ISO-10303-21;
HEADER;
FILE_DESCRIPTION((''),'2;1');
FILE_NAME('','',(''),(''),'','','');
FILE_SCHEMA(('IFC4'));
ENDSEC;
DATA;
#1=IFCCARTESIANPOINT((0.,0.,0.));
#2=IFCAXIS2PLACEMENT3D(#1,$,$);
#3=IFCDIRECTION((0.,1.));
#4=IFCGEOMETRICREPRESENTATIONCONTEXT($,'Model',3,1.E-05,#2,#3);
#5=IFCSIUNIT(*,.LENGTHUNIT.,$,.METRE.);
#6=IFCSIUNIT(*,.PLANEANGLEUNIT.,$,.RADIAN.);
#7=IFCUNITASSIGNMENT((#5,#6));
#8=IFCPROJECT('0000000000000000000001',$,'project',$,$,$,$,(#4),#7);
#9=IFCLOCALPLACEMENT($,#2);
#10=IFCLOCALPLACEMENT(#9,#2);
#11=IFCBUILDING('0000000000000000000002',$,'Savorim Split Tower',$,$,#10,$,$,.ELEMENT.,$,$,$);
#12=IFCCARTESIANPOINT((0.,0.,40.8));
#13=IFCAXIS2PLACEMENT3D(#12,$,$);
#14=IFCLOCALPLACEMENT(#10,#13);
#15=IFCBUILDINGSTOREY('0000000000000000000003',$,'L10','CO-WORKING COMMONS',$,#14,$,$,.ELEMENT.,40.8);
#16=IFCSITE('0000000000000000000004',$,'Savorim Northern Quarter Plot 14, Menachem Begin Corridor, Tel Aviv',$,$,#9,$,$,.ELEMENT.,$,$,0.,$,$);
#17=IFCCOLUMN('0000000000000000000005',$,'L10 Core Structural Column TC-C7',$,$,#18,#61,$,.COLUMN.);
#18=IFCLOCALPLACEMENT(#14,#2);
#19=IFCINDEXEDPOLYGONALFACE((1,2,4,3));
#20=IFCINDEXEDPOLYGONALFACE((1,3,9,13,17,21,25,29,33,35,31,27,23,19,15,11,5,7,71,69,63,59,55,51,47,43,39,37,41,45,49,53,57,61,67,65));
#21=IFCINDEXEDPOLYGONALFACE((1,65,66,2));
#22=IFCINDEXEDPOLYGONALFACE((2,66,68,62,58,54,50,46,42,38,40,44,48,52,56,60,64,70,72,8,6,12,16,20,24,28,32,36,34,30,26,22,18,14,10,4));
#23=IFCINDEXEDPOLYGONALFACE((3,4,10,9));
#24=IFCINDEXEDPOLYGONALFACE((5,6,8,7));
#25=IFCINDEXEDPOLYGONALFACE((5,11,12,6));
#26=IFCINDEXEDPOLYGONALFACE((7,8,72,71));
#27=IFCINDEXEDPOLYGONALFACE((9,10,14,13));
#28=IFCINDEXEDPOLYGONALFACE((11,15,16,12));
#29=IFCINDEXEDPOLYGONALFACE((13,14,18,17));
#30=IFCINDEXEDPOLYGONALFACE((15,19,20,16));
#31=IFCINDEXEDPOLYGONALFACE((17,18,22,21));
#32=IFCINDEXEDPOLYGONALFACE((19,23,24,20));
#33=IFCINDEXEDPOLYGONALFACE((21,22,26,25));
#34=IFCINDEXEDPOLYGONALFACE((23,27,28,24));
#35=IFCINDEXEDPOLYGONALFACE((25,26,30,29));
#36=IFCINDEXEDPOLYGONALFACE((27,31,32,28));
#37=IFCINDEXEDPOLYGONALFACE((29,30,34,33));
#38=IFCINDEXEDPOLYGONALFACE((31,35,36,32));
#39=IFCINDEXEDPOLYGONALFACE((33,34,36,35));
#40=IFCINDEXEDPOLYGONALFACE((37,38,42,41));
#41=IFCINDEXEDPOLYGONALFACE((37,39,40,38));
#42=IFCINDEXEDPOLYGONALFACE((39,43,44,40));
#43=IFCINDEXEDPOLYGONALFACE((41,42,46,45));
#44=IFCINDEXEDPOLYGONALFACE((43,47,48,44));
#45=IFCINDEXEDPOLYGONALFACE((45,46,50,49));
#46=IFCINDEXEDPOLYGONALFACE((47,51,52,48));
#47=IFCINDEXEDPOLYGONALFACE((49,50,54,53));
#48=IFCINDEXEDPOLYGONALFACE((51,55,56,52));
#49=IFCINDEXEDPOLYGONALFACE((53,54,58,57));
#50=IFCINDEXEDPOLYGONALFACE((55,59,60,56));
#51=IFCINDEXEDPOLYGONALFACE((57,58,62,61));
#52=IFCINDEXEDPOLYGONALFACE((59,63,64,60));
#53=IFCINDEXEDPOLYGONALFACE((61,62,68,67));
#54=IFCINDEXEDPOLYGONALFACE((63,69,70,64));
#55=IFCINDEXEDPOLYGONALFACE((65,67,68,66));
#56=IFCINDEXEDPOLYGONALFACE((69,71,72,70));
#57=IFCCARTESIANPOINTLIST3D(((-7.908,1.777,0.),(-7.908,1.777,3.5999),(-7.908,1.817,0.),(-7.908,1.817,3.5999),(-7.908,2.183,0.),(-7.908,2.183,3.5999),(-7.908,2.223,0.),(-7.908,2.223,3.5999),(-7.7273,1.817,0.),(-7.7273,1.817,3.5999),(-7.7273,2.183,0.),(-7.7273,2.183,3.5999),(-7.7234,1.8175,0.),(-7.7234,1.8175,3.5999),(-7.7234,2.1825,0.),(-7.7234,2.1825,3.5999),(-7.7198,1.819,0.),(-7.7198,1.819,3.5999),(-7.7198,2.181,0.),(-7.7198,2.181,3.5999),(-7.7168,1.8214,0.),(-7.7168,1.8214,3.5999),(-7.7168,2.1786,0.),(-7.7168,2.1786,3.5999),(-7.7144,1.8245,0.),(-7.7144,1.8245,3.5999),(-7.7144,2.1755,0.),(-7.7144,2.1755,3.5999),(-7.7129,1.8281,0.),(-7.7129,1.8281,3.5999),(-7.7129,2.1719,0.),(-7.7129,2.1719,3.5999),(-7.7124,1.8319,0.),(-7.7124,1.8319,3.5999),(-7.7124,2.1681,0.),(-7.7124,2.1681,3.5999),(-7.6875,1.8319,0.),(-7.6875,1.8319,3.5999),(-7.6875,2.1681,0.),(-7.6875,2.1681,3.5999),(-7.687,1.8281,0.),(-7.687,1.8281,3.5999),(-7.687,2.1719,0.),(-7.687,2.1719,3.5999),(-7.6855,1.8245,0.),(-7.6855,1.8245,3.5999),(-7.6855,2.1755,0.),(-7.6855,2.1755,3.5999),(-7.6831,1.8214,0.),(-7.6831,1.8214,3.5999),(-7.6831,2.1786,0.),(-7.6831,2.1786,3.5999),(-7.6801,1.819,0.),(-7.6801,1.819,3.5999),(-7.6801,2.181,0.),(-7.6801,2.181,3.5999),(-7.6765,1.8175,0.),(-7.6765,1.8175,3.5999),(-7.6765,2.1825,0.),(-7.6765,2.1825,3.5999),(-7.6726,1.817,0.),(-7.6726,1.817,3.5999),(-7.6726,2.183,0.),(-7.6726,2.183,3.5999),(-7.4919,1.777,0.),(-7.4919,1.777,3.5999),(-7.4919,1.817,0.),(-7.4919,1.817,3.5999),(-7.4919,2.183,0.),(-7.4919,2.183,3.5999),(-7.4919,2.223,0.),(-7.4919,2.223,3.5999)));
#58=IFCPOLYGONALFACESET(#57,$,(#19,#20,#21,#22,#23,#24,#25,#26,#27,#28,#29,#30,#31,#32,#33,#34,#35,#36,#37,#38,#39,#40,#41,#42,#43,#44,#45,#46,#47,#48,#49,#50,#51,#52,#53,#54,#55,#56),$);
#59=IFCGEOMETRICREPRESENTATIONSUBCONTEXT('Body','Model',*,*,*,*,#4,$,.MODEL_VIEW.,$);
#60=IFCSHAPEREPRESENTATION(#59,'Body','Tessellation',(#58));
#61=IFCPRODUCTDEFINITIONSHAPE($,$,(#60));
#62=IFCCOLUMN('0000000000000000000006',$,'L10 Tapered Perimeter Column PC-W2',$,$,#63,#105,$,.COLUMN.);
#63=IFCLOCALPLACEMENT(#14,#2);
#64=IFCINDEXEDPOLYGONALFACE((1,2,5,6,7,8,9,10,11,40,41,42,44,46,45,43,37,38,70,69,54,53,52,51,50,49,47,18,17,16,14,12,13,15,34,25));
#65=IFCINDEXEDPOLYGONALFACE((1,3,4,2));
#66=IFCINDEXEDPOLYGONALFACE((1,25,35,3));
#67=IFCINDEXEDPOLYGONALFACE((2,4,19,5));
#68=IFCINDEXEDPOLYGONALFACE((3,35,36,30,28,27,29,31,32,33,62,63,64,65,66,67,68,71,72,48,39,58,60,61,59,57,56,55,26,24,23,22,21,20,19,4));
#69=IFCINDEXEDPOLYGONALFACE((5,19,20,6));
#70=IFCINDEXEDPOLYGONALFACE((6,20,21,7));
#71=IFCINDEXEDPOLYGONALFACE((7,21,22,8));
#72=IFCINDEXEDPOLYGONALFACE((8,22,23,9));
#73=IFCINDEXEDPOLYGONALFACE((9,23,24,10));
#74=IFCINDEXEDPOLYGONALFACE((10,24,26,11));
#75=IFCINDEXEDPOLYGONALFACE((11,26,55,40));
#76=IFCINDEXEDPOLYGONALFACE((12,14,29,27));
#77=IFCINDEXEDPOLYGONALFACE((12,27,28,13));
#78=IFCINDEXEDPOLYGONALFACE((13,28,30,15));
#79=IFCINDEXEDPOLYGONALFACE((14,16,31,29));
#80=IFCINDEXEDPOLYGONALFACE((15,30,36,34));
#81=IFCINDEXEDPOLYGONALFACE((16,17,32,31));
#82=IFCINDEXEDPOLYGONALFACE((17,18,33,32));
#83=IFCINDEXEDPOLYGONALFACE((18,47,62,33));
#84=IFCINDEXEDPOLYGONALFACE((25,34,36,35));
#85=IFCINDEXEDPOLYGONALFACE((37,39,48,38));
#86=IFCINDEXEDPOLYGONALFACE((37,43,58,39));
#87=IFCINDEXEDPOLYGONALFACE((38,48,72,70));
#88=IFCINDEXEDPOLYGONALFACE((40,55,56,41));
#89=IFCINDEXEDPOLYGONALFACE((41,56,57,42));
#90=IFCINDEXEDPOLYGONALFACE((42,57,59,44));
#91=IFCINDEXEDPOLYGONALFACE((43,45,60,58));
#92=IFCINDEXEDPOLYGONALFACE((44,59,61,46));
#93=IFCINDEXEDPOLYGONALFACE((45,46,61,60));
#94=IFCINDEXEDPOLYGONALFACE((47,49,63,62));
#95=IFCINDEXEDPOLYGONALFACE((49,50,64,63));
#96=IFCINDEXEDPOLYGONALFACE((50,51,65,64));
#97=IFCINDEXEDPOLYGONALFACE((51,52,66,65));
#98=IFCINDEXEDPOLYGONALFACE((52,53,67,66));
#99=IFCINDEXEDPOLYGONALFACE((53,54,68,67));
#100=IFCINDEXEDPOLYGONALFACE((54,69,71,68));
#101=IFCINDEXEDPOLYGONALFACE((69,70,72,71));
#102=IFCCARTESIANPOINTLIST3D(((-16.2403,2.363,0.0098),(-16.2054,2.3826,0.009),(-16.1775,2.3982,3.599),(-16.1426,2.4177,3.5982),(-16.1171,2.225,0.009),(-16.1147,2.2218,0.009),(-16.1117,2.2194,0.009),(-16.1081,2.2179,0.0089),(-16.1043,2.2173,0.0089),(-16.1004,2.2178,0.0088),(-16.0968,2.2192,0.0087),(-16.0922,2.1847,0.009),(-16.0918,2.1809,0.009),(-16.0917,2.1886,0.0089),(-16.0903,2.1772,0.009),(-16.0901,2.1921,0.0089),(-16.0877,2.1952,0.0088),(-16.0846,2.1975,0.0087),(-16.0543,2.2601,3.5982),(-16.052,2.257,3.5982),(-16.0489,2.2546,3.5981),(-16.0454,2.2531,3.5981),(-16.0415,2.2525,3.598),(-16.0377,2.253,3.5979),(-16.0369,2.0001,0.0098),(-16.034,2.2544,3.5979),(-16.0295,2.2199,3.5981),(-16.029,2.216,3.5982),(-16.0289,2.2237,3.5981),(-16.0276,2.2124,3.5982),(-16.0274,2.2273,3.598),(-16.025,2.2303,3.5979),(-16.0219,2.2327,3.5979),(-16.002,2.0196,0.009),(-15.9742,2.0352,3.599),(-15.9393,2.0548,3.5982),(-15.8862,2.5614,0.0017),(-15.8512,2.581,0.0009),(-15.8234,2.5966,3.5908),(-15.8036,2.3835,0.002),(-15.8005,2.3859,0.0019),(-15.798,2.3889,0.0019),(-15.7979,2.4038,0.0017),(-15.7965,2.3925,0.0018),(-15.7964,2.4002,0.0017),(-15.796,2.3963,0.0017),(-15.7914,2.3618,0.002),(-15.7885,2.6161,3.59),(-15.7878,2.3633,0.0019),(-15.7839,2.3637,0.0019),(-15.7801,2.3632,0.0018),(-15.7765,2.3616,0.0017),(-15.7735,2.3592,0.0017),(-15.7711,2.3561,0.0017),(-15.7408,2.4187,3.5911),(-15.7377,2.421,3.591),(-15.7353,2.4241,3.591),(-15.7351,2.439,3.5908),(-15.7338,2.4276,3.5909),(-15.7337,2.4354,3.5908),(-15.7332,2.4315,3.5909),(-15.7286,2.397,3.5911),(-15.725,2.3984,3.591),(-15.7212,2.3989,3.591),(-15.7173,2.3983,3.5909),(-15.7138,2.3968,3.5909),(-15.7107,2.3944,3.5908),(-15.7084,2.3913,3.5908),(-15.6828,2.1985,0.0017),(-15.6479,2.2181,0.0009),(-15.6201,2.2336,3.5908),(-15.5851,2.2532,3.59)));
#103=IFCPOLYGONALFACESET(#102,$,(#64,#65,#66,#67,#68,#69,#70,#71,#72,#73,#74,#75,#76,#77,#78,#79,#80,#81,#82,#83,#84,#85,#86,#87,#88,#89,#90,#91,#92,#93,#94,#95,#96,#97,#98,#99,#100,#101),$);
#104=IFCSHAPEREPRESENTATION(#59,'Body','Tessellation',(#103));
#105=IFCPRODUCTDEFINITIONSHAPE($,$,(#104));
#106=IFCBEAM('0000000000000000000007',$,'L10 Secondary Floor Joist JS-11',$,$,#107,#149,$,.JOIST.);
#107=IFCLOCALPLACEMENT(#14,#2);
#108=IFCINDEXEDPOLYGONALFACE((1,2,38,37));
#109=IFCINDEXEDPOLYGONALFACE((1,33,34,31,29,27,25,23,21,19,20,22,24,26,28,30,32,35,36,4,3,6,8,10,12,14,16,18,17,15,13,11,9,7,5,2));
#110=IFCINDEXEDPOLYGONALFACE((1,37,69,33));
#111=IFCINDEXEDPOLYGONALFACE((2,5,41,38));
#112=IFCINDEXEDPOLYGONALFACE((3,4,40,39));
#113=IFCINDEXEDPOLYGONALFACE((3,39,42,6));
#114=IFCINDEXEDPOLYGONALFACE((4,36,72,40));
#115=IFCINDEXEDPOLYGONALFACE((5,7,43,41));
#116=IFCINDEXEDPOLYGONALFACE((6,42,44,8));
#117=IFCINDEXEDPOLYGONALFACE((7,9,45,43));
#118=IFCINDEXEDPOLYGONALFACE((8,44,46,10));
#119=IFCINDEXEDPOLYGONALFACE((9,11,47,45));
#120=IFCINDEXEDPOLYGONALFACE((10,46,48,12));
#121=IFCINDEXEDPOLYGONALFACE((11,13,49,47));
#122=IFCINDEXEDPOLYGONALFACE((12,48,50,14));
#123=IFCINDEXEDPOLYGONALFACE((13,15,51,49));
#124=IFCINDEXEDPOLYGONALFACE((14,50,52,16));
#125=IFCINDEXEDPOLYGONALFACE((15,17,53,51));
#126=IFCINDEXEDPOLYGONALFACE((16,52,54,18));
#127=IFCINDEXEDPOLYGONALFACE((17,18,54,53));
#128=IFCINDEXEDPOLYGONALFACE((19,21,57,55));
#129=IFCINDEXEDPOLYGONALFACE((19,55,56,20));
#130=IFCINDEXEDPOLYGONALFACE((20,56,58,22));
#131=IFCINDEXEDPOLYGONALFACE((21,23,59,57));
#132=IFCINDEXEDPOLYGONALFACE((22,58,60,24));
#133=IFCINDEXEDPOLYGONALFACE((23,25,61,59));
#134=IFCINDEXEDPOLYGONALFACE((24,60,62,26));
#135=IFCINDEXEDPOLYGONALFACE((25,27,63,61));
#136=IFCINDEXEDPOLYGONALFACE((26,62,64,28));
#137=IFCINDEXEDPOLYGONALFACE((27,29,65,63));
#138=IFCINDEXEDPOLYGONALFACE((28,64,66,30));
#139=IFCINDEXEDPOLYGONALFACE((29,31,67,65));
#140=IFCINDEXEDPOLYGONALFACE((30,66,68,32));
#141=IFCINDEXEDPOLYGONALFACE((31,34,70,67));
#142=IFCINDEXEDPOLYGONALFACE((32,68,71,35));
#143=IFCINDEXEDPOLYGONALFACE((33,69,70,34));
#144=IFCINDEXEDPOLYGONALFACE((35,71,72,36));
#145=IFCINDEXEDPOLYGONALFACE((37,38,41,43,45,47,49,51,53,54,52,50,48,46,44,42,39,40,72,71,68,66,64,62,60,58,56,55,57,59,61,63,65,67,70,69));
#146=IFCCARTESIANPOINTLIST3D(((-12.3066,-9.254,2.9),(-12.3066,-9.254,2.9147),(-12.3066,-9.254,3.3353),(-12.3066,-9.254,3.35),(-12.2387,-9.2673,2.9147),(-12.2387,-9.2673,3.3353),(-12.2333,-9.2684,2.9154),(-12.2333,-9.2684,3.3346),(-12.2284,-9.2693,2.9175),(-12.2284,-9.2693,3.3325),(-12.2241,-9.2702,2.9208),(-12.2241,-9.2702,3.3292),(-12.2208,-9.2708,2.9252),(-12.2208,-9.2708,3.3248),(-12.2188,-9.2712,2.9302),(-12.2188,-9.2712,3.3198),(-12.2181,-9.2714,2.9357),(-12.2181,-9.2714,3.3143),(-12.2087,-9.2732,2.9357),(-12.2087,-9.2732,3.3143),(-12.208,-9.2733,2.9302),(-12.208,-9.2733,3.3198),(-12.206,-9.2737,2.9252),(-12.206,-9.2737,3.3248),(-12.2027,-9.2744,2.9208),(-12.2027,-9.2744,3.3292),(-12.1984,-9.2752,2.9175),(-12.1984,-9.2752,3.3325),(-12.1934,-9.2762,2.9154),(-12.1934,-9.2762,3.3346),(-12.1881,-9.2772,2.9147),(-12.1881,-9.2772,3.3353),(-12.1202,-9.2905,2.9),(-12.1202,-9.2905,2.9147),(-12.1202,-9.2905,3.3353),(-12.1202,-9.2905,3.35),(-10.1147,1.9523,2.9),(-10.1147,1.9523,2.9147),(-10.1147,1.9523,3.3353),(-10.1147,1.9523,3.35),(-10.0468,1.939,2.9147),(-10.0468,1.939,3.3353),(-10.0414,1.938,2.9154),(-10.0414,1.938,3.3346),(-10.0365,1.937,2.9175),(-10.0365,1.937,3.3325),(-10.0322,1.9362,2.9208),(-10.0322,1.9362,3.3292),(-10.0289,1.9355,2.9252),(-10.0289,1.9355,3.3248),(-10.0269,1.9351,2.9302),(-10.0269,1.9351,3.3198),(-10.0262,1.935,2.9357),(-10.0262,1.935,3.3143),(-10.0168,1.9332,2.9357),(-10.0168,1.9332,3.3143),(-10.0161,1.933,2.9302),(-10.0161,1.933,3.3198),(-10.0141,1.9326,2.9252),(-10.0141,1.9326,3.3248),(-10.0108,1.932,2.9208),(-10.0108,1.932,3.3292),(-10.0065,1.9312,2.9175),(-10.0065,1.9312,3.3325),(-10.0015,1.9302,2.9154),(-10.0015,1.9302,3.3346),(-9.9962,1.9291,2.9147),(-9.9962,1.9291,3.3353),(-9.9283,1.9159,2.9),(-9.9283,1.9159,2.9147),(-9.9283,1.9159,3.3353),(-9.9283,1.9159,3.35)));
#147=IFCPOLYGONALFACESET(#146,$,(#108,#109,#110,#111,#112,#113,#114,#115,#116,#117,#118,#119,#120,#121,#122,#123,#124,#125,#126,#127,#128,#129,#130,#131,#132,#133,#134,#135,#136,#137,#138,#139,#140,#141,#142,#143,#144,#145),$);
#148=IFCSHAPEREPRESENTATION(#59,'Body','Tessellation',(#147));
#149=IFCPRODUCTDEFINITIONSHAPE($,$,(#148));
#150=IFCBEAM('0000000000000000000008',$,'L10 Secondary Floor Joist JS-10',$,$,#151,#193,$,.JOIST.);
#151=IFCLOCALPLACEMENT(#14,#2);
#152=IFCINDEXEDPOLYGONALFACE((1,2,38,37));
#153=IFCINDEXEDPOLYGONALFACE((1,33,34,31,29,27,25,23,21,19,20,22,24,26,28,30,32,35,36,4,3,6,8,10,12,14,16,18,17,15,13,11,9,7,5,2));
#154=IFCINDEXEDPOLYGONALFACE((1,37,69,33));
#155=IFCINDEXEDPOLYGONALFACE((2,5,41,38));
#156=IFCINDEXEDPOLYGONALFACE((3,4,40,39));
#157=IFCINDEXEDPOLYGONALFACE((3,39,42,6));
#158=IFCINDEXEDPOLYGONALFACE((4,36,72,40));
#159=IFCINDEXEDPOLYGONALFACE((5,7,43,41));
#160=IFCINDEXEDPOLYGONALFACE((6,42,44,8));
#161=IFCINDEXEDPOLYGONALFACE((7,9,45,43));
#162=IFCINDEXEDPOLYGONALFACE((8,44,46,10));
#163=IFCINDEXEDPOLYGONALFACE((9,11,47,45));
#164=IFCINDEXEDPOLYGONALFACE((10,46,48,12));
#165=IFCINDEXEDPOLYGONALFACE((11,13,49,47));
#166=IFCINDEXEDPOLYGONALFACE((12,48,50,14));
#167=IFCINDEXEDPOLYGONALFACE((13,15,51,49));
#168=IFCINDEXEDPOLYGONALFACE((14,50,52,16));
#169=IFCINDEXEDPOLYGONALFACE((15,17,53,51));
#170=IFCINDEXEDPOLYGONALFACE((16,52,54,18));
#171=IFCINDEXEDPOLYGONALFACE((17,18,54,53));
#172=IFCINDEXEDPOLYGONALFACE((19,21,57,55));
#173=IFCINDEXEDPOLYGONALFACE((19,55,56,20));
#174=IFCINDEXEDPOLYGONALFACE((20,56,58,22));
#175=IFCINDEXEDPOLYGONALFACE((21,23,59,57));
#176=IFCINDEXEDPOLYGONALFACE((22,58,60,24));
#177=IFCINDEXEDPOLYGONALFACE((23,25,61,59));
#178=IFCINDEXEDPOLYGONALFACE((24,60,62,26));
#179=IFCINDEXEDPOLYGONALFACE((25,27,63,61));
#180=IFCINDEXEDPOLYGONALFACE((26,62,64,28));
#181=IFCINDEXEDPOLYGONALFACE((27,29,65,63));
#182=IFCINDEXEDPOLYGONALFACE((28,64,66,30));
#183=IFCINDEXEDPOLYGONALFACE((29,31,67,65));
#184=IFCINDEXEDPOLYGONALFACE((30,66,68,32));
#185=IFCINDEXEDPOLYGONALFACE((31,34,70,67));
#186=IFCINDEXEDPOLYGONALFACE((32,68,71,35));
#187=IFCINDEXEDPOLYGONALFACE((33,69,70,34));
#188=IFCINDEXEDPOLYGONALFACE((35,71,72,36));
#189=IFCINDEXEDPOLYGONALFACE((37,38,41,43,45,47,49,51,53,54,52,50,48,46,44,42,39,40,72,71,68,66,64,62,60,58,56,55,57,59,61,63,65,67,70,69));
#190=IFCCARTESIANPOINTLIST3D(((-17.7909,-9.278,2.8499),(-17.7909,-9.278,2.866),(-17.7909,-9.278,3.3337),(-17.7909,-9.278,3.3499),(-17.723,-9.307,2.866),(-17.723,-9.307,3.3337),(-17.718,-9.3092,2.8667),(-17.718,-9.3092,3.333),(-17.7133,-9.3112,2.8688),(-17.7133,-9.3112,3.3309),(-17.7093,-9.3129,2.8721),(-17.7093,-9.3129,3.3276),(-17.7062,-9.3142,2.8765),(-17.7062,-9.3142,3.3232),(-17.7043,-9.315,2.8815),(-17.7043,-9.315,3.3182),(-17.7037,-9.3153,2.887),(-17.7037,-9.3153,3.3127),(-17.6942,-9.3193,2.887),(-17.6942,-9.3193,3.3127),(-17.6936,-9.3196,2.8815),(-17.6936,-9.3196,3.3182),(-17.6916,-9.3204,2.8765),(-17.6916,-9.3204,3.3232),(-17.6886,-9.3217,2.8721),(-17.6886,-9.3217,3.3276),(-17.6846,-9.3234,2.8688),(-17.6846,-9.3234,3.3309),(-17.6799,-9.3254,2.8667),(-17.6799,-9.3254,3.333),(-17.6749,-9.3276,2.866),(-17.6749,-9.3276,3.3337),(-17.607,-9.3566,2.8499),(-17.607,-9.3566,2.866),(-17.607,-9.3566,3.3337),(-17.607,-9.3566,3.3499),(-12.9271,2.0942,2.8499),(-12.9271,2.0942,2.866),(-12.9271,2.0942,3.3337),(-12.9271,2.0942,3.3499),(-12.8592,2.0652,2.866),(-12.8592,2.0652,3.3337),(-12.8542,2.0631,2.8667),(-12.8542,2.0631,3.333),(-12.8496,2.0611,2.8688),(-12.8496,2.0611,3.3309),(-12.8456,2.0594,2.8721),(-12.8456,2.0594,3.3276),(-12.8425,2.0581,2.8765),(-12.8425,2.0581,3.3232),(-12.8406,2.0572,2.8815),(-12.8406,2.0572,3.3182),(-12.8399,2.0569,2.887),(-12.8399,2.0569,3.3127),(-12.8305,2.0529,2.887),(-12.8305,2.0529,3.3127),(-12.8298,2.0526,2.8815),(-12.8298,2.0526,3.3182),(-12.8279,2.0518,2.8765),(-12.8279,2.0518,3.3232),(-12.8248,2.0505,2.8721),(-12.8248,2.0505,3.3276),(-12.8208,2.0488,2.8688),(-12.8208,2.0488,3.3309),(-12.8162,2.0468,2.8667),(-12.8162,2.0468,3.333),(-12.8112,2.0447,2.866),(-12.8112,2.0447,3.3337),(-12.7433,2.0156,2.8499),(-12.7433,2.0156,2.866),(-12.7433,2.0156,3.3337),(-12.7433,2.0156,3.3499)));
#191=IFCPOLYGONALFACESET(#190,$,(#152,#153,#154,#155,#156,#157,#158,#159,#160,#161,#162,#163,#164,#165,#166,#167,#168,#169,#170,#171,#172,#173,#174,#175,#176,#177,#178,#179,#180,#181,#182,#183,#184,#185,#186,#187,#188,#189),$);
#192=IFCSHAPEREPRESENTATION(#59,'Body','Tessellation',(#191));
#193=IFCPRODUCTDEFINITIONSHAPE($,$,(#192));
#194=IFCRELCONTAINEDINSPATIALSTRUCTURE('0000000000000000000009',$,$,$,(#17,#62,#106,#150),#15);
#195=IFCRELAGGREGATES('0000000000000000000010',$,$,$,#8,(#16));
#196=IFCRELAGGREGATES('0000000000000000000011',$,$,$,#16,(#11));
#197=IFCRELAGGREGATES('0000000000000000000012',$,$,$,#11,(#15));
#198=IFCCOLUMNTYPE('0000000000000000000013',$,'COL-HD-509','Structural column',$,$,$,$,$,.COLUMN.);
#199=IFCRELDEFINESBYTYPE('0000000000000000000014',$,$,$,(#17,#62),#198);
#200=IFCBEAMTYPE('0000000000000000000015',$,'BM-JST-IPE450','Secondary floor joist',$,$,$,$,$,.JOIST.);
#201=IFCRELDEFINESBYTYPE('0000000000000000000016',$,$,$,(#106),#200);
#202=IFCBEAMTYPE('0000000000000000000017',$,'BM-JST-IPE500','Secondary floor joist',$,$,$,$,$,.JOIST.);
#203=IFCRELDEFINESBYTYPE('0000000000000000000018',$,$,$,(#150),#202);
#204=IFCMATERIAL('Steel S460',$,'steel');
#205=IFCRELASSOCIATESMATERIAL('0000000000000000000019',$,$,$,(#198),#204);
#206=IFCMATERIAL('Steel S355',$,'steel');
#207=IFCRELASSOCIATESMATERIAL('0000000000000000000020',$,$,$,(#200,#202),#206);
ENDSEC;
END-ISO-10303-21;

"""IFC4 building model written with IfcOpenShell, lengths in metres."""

from ifc_helpers import new_model, si_unit, direction, frame, origin, origin_2d, place, context, subcontext, project, spatial, i_section, extrude, material, material_profile, profile_set, type_object, element, save


model = new_model("IFC4")

# Units and contexts
model_context = context("Model", 3, precision=1e-05, world=origin(), true_north=direction((0.0, 1.0)))
body_context = subcontext(model_context, "Body", "Model", "MODEL_VIEW")
ifc_project = project(units=[si_unit("LENGTHUNIT", "METRE"), si_unit("PLANEANGLEUNIT", "RADIAN")], contexts=[model_context])

# Site, building, storey
site_placement = place(None, origin())
site = spatial("IfcSite", under=ifc_project, at=site_placement, Name="Savorim Northern Quarter Plot 14, Menachem Begin Corridor, Tel Aviv", CompositionType="ELEMENT", RefElevation=0.0)
building_placement = place(site_placement, origin())
building = spatial("IfcBuilding", under=site, at=building_placement, Name="Savorim Split Tower", CompositionType="ELEMENT")
storey_placement = place(building_placement, frame((0.0, 0.0, 40.8)))
storey = spatial("IfcBuildingStorey", under=building, at=storey_placement, Name="L10", Description="CO-WORKING COMMONS", CompositionType="ELEMENT", Elevation=40.8)

# Columns
ifc_material_1 = material(Name="Steel S460", Category="steel")
ifc_material_profile_1 = material_profile(ifc_material_1, i_section(OverallWidth=0.416, OverallDepth=0.446, WebThickness=0.0249, FlangeThickness=0.04, FilletRadius=0.0149, at=origin_2d()), Name="HD 400x509")
ifc_profile_set_1 = profile_set([ifc_material_profile_1], Name="Steel S460")
column_type = type_object("IfcColumnType", Name="COL-HD-509", Description="Structural column", PredefinedType="COLUMN", material=ifc_profile_set_1)
column_1_placement = place(storey_placement, frame((-7.7, 2.0, 0.0), z_axis=(0.0, 0.0, 1.0), x_axis=(1.0, 0.0, 0.0)))
element("IfcColumn", 1, at=column_1_placement, inside=storey, type_object=column_type, Name="L10 Core Structural Column TC-C7", PredefinedType="COLUMN", context=body_context, shape_type="SweptSolid", body=[
    extrude(i_section(OverallWidth=0.416, OverallDepth=0.446, WebThickness=0.0249, FlangeThickness=0.04, FilletRadius=0.0149, at=origin_2d()), origin(), (0.0, 0.0, 1.0), 3.5999),
])
column_2_placement = place(storey_placement, frame((-15.9441, 2.2905, 0.0054), z_axis=(0.017478, 0.009793, 0.999799), x_axis=(-0.48881, 0.87239, 0.0)))
element("IfcColumn", 2, at=column_2_placement, inside=storey, type_object=column_type, Name="L10 Tapered Perimeter Column PC-W2", PredefinedType="COLUMN", context=body_context, shape_type="SweptSolid", body=[
    extrude(i_section(OverallWidth=0.416, OverallDepth=0.446, WebThickness=0.0249, FlangeThickness=0.04, FilletRadius=0.0149, at=origin_2d()), origin(), (0.0, 0.0, 1.0), 3.5898),
])

# Beams
ifc_material_2 = material(Name="Steel S355", Category="steel")
ifc_material_profile_2 = material_profile(ifc_material_2, i_section(OverallWidth=0.1899, OverallDepth=0.45, WebThickness=0.0095, FlangeThickness=0.0146, FilletRadius=0.021, at=origin_2d()), Name="IPE 450")
ifc_profile_set_2 = profile_set([ifc_material_profile_2], Name="Steel S355")
beam_type_1 = type_object("IfcBeamType", Name="BM-JST-IPE450", Description="Secondary floor joist", PredefinedType="JOIST", material=ifc_profile_set_2)
beam_1_placement = place(storey_placement, frame((-10.0215, 1.9341, 3.125), z_axis=(-0.191957, -0.981403, 0.0), x_axis=(0.981403, -0.191957, 0.0)))
element("IfcBeam", 3, at=beam_1_placement, inside=storey, type_object=beam_type_1, Name="L10 Secondary Floor Joist JS-11", PredefinedType="JOIST", context=body_context, shape_type="SweptSolid", body=[
    extrude(i_section(OverallWidth=0.1899, OverallDepth=0.45, WebThickness=0.0095, FlangeThickness=0.0146, FilletRadius=0.021, at=origin_2d()), origin(), (0.0, 0.0, 1.0), 11.4187),
])
ifc_material_profile_3 = material_profile(ifc_material_2, i_section(OverallWidth=0.2, OverallDepth=0.5, WebThickness=0.0103, FlangeThickness=0.0161, FilletRadius=0.021, at=origin_2d()), Name="IPE 500")
ifc_profile_set_3 = profile_set([ifc_material_profile_3], Name="Steel S355")
beam_type_2 = type_object("IfcBeamType", Name="BM-JST-IPE500", Description="Secondary floor joist", PredefinedType="JOIST", material=ifc_profile_set_3)
beam_2_placement = place(storey_placement, frame((-12.8352, 2.0549, 3.0999), z_axis=(-0.393231, -0.91944, 0.0), x_axis=(0.91944, -0.393231, 0.0)))
element("IfcBeam", 4, at=beam_2_placement, inside=storey, type_object=beam_type_2, Name="L10 Secondary Floor Joist JS-10", PredefinedType="JOIST", context=body_context, shape_type="SweptSolid", body=[
    extrude(i_section(OverallWidth=0.2, OverallDepth=0.5, WebThickness=0.0103, FlangeThickness=0.0161, FilletRadius=0.021, at=origin_2d()), origin(), (0.0, 0.0, 1.0), 12.3687),
])

save(model, "model.ifc")
